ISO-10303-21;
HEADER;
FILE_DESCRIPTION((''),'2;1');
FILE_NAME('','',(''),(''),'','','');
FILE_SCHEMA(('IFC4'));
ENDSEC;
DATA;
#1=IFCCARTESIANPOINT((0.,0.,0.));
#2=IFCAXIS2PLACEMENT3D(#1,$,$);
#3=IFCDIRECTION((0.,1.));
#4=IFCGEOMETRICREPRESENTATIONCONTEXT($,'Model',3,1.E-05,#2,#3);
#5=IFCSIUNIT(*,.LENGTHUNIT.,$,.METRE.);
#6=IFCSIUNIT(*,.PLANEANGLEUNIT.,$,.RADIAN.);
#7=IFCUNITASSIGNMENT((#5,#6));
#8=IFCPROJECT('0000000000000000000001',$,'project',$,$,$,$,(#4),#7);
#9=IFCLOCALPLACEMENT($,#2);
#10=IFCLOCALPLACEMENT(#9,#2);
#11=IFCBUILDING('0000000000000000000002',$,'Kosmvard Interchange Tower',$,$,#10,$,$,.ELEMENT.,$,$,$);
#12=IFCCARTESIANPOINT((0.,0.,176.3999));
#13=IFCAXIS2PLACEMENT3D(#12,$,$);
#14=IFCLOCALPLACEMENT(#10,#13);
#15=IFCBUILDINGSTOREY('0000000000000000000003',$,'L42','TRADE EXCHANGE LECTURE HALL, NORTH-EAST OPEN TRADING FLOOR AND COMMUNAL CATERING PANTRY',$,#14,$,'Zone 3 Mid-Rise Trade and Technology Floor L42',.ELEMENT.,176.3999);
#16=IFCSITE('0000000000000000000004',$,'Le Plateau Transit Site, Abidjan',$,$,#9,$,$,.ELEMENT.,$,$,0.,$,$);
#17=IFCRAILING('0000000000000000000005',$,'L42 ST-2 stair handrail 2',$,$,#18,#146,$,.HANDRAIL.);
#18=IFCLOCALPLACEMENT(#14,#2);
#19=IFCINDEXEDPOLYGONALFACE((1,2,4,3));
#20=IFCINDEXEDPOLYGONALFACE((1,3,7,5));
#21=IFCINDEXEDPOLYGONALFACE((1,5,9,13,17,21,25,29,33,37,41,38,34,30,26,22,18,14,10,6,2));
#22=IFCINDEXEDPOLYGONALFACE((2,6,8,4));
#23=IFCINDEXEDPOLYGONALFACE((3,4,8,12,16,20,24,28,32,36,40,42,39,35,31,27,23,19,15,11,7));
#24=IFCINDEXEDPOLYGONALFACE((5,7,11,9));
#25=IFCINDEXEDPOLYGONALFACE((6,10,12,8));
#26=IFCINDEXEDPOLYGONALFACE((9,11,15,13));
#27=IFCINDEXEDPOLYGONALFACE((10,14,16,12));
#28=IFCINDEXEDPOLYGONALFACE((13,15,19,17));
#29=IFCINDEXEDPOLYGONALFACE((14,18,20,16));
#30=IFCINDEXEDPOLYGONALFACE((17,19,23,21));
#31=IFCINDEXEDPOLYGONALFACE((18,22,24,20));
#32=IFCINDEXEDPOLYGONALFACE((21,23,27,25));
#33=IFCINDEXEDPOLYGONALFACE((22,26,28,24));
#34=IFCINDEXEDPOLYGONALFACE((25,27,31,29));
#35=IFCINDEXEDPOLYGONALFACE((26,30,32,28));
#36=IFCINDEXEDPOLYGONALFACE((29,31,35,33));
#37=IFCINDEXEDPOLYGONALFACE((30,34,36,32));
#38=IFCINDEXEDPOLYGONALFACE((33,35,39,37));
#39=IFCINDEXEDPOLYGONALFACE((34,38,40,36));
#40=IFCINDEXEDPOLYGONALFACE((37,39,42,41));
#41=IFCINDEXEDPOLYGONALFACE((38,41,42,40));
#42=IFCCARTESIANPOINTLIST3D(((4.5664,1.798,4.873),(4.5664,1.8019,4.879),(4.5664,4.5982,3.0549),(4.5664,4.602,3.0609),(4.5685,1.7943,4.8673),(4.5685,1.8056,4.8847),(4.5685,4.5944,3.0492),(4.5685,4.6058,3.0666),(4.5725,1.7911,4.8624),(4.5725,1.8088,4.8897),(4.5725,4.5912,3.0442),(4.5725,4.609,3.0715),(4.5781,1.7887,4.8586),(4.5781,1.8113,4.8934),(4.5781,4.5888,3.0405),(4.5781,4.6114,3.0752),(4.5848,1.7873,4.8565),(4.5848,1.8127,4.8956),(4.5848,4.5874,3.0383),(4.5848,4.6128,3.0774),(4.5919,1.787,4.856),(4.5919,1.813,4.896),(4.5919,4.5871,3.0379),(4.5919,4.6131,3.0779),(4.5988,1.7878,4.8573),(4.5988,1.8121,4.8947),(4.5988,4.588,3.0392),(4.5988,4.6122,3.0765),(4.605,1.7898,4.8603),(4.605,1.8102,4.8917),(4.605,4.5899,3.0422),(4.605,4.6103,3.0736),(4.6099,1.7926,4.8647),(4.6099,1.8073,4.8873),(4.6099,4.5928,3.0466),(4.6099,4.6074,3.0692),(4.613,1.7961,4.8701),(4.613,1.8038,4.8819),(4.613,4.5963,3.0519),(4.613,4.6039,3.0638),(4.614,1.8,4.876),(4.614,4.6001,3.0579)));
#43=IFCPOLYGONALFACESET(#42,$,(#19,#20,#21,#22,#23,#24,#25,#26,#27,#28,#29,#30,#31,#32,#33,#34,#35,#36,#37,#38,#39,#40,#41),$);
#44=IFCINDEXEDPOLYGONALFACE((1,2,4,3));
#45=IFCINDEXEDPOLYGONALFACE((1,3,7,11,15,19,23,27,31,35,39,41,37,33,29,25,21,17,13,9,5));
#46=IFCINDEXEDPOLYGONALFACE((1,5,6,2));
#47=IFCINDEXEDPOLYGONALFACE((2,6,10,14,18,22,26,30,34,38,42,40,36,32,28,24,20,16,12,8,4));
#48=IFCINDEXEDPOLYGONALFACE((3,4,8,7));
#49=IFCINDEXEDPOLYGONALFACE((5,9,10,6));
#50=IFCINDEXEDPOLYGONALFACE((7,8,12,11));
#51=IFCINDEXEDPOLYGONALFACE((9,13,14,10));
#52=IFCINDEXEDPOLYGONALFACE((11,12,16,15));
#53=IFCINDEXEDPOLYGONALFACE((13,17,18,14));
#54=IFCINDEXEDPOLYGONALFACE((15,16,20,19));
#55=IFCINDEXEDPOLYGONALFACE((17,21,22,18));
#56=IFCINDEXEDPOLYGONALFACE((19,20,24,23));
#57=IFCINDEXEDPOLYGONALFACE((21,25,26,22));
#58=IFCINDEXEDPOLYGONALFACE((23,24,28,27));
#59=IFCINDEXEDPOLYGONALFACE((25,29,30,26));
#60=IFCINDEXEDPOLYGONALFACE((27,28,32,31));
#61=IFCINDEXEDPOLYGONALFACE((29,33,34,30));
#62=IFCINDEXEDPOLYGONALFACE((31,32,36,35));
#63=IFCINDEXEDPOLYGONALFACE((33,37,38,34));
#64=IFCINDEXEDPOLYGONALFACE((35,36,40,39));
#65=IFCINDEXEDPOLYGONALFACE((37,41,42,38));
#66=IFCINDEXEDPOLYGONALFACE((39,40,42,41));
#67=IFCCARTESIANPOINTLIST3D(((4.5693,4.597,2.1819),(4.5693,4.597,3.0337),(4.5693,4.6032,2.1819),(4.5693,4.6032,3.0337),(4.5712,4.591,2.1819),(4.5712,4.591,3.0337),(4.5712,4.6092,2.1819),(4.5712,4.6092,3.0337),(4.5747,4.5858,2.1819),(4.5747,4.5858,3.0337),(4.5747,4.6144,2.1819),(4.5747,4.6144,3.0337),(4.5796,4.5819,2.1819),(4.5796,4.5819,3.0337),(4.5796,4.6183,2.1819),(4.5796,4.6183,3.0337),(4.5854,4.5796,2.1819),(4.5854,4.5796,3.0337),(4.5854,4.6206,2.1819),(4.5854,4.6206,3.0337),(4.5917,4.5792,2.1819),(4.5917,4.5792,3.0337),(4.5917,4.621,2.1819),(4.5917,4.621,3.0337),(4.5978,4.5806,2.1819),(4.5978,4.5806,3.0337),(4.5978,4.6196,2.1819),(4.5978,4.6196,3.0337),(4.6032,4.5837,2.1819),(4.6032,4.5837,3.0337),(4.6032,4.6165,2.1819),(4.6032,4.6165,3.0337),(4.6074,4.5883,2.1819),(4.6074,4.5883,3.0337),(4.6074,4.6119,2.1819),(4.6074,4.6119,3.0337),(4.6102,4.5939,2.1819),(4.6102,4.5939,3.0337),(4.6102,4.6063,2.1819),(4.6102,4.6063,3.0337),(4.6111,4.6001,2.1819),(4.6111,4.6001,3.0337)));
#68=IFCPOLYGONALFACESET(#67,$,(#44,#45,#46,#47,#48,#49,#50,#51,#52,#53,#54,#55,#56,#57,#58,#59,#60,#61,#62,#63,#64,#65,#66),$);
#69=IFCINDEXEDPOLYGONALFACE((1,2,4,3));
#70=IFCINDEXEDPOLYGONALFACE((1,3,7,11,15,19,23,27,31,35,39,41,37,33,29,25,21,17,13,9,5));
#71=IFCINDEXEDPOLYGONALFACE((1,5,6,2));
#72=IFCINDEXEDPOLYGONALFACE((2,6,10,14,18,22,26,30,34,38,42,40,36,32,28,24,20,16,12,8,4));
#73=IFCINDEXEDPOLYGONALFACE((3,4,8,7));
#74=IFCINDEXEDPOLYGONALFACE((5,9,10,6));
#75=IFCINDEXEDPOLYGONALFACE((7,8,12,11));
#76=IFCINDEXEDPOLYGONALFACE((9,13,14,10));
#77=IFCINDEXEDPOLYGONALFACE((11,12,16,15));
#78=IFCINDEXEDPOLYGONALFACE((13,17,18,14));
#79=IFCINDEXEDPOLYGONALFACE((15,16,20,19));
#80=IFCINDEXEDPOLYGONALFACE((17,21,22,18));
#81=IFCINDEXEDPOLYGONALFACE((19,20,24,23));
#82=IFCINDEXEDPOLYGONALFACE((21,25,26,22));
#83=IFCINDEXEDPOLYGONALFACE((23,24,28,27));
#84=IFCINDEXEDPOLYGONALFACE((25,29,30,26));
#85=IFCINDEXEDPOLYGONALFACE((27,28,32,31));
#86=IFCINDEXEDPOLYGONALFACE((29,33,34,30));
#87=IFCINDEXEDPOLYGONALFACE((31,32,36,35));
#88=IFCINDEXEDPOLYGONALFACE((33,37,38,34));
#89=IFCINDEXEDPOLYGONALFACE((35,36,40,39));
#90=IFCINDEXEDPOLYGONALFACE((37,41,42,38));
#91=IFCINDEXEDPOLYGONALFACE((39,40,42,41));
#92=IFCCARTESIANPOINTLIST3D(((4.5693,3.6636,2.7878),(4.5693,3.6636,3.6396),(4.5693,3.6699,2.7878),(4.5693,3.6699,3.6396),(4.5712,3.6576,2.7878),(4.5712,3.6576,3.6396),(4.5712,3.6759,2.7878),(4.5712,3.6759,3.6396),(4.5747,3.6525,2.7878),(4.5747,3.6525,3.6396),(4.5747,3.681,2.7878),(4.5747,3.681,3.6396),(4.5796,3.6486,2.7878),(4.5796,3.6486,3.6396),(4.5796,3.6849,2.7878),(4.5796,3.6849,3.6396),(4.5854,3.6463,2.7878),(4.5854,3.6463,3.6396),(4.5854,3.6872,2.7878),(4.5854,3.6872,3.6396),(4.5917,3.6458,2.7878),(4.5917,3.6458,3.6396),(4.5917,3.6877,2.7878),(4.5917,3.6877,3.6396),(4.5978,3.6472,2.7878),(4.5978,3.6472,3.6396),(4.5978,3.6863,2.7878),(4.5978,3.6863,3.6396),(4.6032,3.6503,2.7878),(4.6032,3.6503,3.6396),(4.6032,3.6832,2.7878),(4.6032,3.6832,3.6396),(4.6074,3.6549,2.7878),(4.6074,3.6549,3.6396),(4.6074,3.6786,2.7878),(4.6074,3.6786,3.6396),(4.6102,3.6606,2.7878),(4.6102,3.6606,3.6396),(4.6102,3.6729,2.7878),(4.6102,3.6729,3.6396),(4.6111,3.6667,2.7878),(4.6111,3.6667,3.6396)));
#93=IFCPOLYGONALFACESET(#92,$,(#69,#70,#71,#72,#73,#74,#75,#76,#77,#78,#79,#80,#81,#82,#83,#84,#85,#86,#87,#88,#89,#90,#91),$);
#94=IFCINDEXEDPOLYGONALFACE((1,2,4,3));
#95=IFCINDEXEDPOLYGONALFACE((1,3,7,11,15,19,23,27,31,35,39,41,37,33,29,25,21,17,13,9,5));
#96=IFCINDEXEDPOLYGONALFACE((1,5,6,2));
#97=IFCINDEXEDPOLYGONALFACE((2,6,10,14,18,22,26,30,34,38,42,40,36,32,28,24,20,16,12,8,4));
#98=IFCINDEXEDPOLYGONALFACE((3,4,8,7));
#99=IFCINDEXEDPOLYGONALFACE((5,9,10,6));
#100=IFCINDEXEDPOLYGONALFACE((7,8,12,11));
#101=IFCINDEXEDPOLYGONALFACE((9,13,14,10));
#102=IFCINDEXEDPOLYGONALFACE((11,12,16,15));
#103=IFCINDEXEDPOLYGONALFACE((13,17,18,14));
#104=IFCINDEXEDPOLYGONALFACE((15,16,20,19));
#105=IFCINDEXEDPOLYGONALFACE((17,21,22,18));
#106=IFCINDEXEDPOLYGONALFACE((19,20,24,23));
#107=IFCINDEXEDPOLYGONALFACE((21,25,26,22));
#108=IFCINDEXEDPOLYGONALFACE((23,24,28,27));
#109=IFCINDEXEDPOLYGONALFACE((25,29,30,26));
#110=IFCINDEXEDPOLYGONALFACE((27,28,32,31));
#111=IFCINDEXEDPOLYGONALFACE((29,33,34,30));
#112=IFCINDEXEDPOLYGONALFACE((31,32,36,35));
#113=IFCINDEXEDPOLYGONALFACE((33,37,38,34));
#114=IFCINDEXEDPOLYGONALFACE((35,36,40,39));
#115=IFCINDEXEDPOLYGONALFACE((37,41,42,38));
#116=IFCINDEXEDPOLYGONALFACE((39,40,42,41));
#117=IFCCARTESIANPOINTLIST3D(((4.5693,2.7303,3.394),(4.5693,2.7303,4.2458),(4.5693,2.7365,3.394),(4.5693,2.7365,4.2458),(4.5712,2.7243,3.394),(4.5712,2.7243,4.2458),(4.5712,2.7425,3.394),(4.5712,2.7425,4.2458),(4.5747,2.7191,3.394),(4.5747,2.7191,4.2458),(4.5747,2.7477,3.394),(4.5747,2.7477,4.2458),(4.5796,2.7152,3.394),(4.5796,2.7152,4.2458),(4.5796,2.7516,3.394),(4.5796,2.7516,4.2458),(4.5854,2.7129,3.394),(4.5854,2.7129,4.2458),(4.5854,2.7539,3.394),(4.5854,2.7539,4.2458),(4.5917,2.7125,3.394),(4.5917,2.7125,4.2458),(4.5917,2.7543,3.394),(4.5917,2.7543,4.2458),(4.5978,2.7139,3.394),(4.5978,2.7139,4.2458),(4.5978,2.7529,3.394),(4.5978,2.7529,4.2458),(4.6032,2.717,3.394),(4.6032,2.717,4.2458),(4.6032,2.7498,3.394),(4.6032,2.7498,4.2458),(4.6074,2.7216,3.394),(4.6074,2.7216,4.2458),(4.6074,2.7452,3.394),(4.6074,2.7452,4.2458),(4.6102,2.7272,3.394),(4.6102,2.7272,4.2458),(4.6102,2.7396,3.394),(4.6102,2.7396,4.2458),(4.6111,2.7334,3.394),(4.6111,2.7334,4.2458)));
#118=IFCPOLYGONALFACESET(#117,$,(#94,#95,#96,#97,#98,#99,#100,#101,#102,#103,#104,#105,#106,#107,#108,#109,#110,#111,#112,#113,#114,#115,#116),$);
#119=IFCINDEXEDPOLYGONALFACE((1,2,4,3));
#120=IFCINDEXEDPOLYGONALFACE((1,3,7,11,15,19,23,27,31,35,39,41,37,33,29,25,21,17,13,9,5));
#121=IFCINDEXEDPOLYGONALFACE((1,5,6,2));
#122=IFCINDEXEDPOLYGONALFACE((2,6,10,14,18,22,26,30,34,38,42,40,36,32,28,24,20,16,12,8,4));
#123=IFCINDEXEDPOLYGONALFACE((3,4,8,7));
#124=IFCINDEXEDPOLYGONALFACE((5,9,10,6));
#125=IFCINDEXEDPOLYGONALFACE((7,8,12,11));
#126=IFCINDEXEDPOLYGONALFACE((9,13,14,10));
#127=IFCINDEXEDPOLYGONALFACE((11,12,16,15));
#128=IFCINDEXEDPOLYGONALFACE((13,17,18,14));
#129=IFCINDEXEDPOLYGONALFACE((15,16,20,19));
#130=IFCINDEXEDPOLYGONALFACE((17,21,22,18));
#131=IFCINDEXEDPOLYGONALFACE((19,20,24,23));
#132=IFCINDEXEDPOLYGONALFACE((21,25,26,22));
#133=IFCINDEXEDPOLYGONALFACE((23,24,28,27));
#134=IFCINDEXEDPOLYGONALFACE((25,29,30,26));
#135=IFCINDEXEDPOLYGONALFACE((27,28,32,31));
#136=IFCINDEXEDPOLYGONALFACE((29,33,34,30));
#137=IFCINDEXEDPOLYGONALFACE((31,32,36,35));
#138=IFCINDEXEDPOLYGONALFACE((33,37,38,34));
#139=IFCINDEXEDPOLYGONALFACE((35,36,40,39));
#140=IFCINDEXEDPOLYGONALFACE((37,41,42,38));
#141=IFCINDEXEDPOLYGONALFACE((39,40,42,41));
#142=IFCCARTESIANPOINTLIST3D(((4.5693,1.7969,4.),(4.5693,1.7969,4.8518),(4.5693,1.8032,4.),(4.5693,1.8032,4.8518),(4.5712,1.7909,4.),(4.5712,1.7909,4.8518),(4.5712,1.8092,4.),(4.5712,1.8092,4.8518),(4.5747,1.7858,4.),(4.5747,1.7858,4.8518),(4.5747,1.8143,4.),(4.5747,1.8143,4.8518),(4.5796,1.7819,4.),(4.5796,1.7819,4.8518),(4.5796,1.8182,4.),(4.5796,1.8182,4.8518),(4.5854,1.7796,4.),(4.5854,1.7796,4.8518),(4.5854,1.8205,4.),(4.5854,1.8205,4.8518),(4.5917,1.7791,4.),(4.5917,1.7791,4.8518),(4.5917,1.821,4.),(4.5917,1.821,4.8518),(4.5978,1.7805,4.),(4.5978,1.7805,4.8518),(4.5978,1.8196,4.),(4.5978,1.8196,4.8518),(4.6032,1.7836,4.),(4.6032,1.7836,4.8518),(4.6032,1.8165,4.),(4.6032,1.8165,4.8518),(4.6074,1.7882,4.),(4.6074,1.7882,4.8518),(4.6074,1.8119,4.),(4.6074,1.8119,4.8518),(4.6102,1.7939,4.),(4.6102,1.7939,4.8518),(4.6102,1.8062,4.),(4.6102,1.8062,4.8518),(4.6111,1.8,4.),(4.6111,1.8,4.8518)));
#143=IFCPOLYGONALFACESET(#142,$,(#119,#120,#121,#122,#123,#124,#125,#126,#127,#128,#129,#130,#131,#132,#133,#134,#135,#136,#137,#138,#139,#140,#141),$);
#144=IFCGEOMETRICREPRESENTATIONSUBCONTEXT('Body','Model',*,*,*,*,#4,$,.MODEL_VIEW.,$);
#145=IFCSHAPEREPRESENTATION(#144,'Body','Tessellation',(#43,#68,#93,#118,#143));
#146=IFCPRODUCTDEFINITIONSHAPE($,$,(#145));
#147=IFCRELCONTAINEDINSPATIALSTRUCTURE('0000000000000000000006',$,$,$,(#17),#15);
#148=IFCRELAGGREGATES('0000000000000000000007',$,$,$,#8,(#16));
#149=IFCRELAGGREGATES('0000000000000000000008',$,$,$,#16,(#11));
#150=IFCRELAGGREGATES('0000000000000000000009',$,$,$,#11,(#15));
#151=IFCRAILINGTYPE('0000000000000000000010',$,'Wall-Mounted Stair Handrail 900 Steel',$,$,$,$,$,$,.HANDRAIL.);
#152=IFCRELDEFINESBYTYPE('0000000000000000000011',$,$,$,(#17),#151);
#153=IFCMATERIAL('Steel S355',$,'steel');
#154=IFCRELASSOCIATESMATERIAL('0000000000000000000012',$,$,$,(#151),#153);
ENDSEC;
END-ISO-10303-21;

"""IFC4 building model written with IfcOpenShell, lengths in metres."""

from ifc_helpers import new_model, si_unit, direction, frame, origin, origin_2d, place, context, subcontext, project, spatial, circle, extrude, source, transform, mapped, material, type_object, element, save


model = new_model("IFC4")

# Units and contexts
model_context = context("Model", 3, precision=1e-05, world=origin(), true_north=direction((0.0, 1.0)))
body_context = subcontext(model_context, "Body", "Model", "MODEL_VIEW")
ifc_project = project(units=[si_unit("LENGTHUNIT", "METRE"), si_unit("PLANEANGLEUNIT", "RADIAN")], contexts=[model_context])

# Site, building, storey
site_placement = place(None, origin())
site = spatial("IfcSite", under=ifc_project, at=site_placement, Name="Le Plateau Transit Site, Abidjan", CompositionType="ELEMENT", RefElevation=0.0)
building_placement = place(site_placement, origin())
building = spatial("IfcBuilding", under=site, at=building_placement, Name="Kosmvard Interchange Tower", CompositionType="ELEMENT")
storey_placement = place(building_placement, frame((0.0, 0.0, 176.3999)))
storey = spatial("IfcBuildingStorey", under=building, at=storey_placement, Name="L42", Description="TRADE EXCHANGE LECTURE HALL, NORTH-EAST OPEN TRADING FLOOR AND COMMUNAL CATERING PANTRY", LongName="Zone 3 Mid-Rise Trade and Technology Floor L42", CompositionType="ELEMENT", Elevation=176.3999)

# Railing
ifc_material_1 = material(Name="Steel S355", Category="steel")
railing_type_1 = type_object("IfcRailingType", Name="Wall-Mounted Stair Handrail 900 Steel", PredefinedType="HANDRAIL", material=ifc_material_1)
shared_shape_1 = source(origin(), body_context, "Body", "SweptSolid", [
    extrude(circle(Radius=0.0239, at=origin_2d()), frame((0.0, 0.0, 0.876), z_axis=(0.0, -0.838706, 0.544585), x_axis=(1.0, 0.0, 0.0)), (0.0, 0.0, 1.0), 3.3386),
    extrude(circle(Radius=0.021, at=origin_2d()), origin(), (0.0, 0.0, 1.0), 0.8518),
    extrude(circle(Radius=0.021, at=origin_2d()), frame((0.0, -0.9333, 0.606)), (0.0, 0.0, 1.0), 0.8518),
    extrude(circle(Radius=0.021, at=origin_2d()), frame((0.0, -1.8667, 1.2122)), (0.0, 0.0, 1.0), 0.8518),
    extrude(circle(Radius=0.021, at=origin_2d()), frame((0.0, -2.8, 1.8181)), (0.0, 0.0, 1.0), 0.8518),
])
railing_1_placement = place(storey_placement, frame((4.5901, 4.6001, 2.1819)))
element("IfcRailing", 1, at=railing_1_placement, inside=storey, type_object=railing_type_1, Name="L42 ST-2 stair handrail 2", PredefinedType="HANDRAIL", context=body_context, shape_type="MappedRepresentation", body=[
    mapped(shared_shape_1, transform((0.0, 0.0, 0.0), scale=1.0)),
])

save(model, "model.ifc")
